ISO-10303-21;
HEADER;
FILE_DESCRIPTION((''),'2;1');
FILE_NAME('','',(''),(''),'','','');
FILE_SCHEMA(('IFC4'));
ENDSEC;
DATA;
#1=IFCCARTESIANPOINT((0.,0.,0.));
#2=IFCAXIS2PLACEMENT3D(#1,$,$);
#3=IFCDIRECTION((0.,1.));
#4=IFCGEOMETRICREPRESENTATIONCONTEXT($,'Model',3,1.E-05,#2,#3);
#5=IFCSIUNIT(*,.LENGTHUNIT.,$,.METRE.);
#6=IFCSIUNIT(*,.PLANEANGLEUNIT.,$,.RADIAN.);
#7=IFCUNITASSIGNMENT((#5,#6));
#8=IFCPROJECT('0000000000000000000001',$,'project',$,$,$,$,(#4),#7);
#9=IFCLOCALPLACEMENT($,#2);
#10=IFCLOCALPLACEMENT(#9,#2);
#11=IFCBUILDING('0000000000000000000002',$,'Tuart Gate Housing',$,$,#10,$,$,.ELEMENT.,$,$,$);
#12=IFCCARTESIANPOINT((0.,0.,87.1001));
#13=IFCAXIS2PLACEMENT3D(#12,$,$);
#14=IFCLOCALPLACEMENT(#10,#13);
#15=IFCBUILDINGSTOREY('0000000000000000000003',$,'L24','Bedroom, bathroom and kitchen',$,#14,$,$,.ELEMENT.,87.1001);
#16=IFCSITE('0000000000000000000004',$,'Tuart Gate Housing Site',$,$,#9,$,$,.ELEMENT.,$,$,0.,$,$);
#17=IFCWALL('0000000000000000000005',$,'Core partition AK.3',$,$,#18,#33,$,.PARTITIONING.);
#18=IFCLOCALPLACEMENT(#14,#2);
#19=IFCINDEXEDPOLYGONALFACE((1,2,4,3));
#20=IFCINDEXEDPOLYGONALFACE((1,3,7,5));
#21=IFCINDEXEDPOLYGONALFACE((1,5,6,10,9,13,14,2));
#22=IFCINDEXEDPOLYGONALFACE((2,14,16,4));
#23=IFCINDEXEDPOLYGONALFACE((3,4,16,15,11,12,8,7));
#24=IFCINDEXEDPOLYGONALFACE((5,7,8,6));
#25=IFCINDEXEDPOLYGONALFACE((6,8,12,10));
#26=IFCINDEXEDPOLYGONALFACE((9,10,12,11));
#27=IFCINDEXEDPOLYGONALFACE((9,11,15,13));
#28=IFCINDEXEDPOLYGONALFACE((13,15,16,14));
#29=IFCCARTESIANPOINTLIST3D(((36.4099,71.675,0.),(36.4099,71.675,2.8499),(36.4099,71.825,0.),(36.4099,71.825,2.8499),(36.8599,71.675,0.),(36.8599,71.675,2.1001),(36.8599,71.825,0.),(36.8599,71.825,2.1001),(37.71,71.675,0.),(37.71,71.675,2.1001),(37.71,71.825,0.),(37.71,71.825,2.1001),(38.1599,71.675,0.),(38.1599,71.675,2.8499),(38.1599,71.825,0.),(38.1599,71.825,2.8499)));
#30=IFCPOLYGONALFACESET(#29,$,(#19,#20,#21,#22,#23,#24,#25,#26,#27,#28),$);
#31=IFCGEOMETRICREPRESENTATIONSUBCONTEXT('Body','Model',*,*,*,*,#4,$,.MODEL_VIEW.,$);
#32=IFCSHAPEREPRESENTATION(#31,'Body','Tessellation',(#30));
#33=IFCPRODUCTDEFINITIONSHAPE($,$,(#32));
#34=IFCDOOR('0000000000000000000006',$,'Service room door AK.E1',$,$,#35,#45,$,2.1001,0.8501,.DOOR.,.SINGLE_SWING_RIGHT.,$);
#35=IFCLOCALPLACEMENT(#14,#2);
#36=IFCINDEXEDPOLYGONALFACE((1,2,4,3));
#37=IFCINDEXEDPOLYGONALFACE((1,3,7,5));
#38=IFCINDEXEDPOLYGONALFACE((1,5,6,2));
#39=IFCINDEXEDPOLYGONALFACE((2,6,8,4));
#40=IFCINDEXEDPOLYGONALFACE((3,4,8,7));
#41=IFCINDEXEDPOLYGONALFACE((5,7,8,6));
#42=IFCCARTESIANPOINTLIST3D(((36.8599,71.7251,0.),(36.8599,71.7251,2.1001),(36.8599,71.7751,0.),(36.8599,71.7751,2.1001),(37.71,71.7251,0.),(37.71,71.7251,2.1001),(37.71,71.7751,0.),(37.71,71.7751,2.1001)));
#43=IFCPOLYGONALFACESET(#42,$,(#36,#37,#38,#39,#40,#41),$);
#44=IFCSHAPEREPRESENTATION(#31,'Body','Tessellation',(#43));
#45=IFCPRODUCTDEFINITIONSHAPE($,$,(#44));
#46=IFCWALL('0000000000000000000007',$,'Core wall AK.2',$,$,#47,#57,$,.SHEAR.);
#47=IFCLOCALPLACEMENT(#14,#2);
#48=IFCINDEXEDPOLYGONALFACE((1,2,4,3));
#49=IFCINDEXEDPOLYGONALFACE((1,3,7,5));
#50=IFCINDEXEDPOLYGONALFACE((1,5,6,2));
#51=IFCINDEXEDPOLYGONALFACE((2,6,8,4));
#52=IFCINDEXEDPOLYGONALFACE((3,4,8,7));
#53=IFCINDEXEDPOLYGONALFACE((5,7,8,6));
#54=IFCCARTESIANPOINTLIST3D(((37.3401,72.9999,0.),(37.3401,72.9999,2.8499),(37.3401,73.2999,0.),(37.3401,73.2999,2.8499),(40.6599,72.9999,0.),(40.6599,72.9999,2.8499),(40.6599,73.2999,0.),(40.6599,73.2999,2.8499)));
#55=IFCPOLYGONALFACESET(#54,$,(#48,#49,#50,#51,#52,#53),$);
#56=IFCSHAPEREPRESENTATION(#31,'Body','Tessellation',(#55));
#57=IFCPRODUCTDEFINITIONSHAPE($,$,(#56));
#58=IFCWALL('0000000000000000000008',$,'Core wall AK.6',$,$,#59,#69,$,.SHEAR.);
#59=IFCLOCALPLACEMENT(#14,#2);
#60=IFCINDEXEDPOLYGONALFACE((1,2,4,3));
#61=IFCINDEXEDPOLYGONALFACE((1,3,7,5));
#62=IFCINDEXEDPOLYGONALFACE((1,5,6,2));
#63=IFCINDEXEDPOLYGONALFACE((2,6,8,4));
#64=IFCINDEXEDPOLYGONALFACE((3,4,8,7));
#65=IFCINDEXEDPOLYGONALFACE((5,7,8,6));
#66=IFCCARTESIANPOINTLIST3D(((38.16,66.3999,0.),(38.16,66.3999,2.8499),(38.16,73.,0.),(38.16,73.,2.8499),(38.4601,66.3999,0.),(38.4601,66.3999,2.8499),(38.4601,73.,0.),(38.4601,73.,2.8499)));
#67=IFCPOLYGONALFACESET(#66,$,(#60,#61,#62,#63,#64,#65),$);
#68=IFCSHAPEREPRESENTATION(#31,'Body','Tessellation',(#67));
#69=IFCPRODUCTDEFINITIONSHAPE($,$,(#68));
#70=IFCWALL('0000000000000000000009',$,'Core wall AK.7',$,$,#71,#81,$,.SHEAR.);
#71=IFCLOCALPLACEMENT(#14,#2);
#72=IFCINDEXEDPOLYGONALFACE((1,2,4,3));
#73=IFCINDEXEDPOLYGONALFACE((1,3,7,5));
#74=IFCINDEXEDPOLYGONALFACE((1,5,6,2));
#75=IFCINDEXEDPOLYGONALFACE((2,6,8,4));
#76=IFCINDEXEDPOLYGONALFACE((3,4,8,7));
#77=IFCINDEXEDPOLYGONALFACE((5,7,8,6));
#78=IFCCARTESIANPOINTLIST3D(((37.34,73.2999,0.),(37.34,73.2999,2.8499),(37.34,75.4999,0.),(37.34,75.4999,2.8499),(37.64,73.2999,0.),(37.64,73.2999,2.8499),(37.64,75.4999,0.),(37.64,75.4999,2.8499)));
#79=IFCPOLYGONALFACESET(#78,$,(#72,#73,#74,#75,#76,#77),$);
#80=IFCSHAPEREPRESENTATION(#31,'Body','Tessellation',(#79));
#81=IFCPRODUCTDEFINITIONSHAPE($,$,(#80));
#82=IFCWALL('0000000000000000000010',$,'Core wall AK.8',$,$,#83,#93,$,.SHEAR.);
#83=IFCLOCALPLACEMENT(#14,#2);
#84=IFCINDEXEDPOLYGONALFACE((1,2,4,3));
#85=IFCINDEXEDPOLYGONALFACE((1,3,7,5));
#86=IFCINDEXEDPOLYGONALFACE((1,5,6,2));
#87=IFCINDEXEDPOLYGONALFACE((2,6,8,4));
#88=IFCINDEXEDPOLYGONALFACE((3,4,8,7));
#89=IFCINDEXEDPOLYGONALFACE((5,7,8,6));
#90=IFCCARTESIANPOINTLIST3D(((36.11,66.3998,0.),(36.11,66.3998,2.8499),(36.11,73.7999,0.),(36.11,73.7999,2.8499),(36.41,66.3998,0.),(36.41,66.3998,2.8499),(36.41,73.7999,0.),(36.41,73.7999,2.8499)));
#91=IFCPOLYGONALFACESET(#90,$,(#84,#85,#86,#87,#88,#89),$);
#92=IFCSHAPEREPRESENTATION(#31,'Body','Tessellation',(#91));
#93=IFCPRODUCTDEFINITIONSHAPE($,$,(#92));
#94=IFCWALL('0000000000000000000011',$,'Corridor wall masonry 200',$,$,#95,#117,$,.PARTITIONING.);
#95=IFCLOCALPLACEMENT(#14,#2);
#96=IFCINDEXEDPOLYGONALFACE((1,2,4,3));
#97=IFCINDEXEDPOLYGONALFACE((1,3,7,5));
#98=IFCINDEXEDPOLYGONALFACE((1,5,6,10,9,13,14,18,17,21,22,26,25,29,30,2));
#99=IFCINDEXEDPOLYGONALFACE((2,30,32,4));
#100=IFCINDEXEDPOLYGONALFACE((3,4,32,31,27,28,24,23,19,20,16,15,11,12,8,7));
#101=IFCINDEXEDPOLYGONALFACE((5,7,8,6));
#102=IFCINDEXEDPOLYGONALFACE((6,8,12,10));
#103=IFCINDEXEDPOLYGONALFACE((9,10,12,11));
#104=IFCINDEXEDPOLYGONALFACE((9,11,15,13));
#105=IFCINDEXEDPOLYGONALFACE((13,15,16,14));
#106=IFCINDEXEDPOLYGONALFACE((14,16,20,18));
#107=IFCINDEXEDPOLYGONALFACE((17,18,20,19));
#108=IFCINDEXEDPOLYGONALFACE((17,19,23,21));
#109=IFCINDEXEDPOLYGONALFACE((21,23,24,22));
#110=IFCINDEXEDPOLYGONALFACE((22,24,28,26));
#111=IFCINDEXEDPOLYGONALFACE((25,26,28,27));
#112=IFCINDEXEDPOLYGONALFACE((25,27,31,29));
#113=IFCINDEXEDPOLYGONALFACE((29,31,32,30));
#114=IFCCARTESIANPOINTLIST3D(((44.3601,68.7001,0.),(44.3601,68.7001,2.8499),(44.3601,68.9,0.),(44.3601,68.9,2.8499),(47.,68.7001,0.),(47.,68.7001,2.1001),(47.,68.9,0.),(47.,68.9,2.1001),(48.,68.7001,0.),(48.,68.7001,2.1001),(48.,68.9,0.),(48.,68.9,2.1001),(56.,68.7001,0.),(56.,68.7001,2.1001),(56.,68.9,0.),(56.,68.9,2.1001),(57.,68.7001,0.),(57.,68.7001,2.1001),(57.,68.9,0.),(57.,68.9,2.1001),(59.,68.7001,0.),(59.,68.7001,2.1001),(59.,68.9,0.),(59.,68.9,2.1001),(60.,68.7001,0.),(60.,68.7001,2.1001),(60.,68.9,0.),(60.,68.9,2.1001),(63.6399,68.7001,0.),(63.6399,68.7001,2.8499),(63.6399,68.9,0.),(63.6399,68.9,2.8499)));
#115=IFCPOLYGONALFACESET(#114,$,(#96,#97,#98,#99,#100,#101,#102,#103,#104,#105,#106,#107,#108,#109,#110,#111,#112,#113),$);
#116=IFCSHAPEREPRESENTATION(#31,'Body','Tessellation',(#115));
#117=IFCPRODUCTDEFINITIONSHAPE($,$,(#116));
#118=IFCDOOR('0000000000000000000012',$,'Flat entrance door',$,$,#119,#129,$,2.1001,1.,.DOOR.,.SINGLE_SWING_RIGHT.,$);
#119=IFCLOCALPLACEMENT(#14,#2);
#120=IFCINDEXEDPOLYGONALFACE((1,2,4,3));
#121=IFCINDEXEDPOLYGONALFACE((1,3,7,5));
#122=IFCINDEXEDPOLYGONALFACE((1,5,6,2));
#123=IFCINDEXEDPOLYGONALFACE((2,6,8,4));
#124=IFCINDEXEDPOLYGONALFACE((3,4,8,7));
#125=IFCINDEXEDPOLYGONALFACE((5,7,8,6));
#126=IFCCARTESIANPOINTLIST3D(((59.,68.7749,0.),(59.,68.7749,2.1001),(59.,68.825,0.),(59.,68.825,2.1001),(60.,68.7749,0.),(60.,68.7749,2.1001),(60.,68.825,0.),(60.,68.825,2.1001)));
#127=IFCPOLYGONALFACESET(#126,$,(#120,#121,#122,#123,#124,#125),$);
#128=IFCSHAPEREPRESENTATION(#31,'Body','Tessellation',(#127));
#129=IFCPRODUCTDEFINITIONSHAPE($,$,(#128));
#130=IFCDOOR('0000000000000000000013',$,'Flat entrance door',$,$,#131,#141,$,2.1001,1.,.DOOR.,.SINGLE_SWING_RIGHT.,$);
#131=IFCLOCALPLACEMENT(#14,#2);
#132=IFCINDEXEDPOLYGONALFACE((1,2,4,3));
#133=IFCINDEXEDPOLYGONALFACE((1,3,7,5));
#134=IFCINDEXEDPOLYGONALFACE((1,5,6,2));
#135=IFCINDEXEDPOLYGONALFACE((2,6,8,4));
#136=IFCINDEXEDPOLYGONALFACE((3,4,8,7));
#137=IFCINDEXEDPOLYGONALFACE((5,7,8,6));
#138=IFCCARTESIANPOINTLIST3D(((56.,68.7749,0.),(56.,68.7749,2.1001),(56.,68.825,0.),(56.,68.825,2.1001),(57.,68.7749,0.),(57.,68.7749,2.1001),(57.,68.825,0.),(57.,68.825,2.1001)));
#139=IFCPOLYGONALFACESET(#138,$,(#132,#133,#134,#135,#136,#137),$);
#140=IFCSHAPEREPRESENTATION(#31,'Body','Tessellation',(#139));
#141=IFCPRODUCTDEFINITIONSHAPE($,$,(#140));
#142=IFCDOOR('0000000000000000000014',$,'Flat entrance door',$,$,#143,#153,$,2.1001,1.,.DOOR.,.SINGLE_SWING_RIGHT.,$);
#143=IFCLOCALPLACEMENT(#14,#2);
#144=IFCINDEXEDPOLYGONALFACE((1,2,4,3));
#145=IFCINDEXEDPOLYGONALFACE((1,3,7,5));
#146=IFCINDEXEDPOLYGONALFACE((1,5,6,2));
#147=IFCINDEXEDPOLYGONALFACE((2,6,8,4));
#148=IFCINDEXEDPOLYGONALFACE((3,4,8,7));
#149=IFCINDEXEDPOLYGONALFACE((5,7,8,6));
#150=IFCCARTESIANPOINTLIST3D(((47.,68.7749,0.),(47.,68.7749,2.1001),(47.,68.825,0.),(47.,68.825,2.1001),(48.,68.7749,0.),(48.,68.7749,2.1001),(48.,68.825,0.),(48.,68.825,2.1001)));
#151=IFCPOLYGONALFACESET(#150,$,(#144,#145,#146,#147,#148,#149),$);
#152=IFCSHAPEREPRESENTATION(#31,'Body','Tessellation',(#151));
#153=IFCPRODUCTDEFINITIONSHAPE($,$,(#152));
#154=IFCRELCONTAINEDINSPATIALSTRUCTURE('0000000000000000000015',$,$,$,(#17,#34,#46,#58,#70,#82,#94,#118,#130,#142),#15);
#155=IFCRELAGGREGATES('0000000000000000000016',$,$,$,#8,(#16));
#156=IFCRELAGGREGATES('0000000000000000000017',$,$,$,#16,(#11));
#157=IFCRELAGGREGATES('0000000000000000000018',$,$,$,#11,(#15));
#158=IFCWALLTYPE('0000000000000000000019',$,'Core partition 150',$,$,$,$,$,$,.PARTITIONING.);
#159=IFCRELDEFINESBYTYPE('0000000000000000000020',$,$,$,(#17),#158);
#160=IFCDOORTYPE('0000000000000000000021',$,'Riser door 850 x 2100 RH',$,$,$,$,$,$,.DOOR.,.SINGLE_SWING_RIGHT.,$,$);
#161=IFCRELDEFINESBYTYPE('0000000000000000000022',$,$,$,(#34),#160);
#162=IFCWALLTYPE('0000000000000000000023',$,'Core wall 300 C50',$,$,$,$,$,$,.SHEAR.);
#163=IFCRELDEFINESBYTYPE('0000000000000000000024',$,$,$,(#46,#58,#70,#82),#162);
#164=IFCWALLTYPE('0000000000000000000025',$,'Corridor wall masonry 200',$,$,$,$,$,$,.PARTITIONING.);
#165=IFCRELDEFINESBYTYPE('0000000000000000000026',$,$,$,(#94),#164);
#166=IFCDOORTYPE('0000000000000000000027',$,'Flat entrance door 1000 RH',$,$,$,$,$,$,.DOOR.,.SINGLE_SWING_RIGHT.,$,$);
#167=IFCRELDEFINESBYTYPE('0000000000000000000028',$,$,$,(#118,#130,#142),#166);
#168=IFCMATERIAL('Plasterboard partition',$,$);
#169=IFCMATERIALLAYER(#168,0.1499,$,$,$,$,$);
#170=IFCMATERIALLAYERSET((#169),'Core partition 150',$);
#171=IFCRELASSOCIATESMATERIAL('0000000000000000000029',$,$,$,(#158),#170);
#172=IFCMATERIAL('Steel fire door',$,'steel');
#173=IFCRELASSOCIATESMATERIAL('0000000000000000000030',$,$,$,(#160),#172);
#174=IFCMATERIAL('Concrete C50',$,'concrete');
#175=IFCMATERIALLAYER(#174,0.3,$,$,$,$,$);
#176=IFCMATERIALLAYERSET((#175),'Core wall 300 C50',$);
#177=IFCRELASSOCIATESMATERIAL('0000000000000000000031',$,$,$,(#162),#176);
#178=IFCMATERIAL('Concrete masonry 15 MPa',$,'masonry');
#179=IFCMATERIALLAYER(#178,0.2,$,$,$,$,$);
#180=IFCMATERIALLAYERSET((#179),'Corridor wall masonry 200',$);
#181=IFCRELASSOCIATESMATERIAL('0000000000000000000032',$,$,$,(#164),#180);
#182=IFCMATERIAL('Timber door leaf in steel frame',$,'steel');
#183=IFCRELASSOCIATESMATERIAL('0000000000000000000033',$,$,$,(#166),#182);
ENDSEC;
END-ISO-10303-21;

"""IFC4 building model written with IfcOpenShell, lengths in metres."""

from ifc_helpers import new_model, si_unit, direction, frame, frame_2d, origin, place, context, subcontext, project, spatial, rectangle, extrude, material, layer, layer_set, type_object, element, fill, save


model = new_model("IFC4")

# Units and contexts
model_context = context("Model", 3, precision=1e-05, world=origin(), true_north=direction((0.0, 1.0)))
body_context = subcontext(model_context, "Body", "Model", "MODEL_VIEW")
ifc_project = project(units=[si_unit("LENGTHUNIT", "METRE"), si_unit("PLANEANGLEUNIT", "RADIAN")], contexts=[model_context])

# Site, building, storey
site_placement = place(None, origin())
site = spatial("IfcSite", under=ifc_project, at=site_placement, Name="Tuart Gate Housing Site", CompositionType="ELEMENT", RefElevation=0.0)
building_placement = place(site_placement, origin())
building = spatial("IfcBuilding", under=site, at=building_placement, Name="Tuart Gate Housing", CompositionType="ELEMENT")
storey_placement = place(building_placement, frame((0.0, 0.0, 87.1001)))
storey = spatial("IfcBuildingStorey", under=building, at=storey_placement, Name="L24", Description="Bedroom, bathroom and kitchen", CompositionType="ELEMENT", Elevation=87.1001)

# Wall, opening, door
ifc_material_1 = material(Name="Plasterboard partition")
ifc_layer_1 = layer(ifc_material_1, 0.1499)
ifc_layer_set_1 = layer_set([ifc_layer_1], Name="Core partition 150")
wall_type_1 = type_object("IfcWallType", Name="Core partition 150", PredefinedType="PARTITIONING", material=ifc_layer_set_1)
wall_1_placement = place(storey_placement, frame((38.1599, 71.75, 0.0), z_axis=(0.0, 0.0, 1.0), x_axis=(-1.0, 0.0, 0.0)))
wall_1 = element("IfcWall", 1, at=wall_1_placement, inside=storey, type_object=wall_type_1, Name="Core partition AK.3", PredefinedType="PARTITIONING", context=body_context, shape_type="SweptSolid", body=[
    extrude(rectangle(XDim=1.75, YDim=0.1499, at=frame_2d((0.875, 0.0))), origin(), (0.0, 0.0, 1.0), 2.8499),
])
opening_1_placement = place(wall_1_placement, frame((0.45, 0.0, 0.0)))
opening_1 = element("IfcOpeningElement", 2, at=opening_1_placement, cuts=wall_1, PredefinedType="OPENING", context=body_context, shape_type="SweptSolid", body=[
    extrude(rectangle(XDim=0.8501, YDim=2.1001, at=frame_2d((0.425, 1.05))), frame((0.0, 0.085, 0.0), z_axis=(0.0, -1.0, 0.0), x_axis=(1.0, 0.0, 0.0)), (0.0, 0.0, 1.0), 0.1699),
])
ifc_material_2 = material(Name="Steel fire door", Category="steel")
door_type_1 = type_object("IfcDoorType", Name="Riser door 850 x 2100 RH", OperationType="SINGLE_SWING_RIGHT", PredefinedType="DOOR", material=ifc_material_2)
door_1_placement = place(opening_1_placement, frame((0.8501, 0.0, 0.0), z_axis=(0.0, 0.0, 1.0), x_axis=(-1.0, 0.0, 0.0)))
door_1 = element("IfcDoor", 3, at=door_1_placement, inside=storey, type_object=door_type_1, Name="Service room door AK.E1", OperationType="SINGLE_SWING_RIGHT", OverallHeight=2.1001, OverallWidth=0.8501, PredefinedType="DOOR", context=body_context, shape_type="SweptSolid", body=[
    extrude(rectangle(XDim=0.8501, YDim=2.1001, at=frame_2d((0.425, 1.05))), frame((0.0, 0.0251, 0.0), z_axis=(0.0, -1.0, 0.0), x_axis=(1.0, 0.0, 0.0)), (0.0, 0.0, 1.0), 0.05),
])
fill(opening_1, door_1)

# Walls
ifc_material_3 = material(Name="Concrete C50", Category="concrete")
ifc_layer_2 = layer(ifc_material_3, 0.3)
ifc_layer_set_2 = layer_set([ifc_layer_2], Name="Core wall 300 C50")
wall_type_2 = type_object("IfcWallType", Name="Core wall 300 C50", PredefinedType="SHEAR", material=ifc_layer_set_2)
wall_2_placement = place(storey_placement, frame((40.6599, 73.1499, 0.0), z_axis=(0.0, 0.0, 1.0), x_axis=(-1.0, 0.0, 0.0)))
element("IfcWall", 4, at=wall_2_placement, inside=storey, type_object=wall_type_2, Name="Core wall AK.2", PredefinedType="SHEAR", context=body_context, shape_type="SweptSolid", body=[
    extrude(rectangle(XDim=3.3198, YDim=0.3, at=frame_2d((1.6599, 0.0))), origin(), (0.0, 0.0, 1.0), 2.8499),
])
wall_3_placement = place(storey_placement, frame((38.3101, 73.0, 0.0), z_axis=(0.0, 0.0, 1.0), x_axis=(0.0, -1.0, 0.0)))
element("IfcWall", 5, at=wall_3_placement, inside=storey, type_object=wall_type_2, Name="Core wall AK.6", PredefinedType="SHEAR", context=body_context, shape_type="SweptSolid", body=[
    extrude(rectangle(XDim=6.6001, YDim=0.3, at=frame_2d((3.3, 0.0))), origin(), (0.0, 0.0, 1.0), 2.8499),
])
wall_4_placement = place(storey_placement, frame((37.49, 75.5, 0.0), z_axis=(0.0, 0.0, 1.0), x_axis=(0.0, -1.0, 0.0)))
element("IfcWall", 6, at=wall_4_placement, inside=storey, type_object=wall_type_2, Name="Core wall AK.7", PredefinedType="SHEAR", context=body_context, shape_type="SweptSolid", body=[
    extrude(rectangle(XDim=2.2, YDim=0.3, at=frame_2d((1.1001, 0.0))), origin(), (0.0, 0.0, 1.0), 2.8499),
])
wall_5_placement = place(storey_placement, frame((36.26, 73.8, 0.0), z_axis=(0.0, 0.0, 1.0), x_axis=(0.0, -1.0, 0.0)))
element("IfcWall", 7, at=wall_5_placement, inside=storey, type_object=wall_type_2, Name="Core wall AK.8", PredefinedType="SHEAR", context=body_context, shape_type="SweptSolid", body=[
    extrude(rectangle(XDim=7.4001, YDim=0.3, at=frame_2d((3.7002, 0.0))), origin(), (0.0, 0.0, 1.0), 2.8499),
])

# Wall, openings, doors
ifc_material_4 = material(Name="Concrete masonry 15 MPa", Category="masonry")
ifc_layer_3 = layer(ifc_material_4, 0.2)
ifc_layer_set_3 = layer_set([ifc_layer_3], Name="Corridor wall masonry 200")
wall_type_3 = type_object("IfcWallType", Name="Corridor wall masonry 200", PredefinedType="PARTITIONING", material=ifc_layer_set_3)
wall_6_placement = place(storey_placement, frame((44.3601, 68.8, 0.0), z_axis=(0.0, 0.0, 1.0), x_axis=(1.0, 0.0, 0.0)))
wall_6 = element("IfcWall", 8, at=wall_6_placement, inside=storey, type_object=wall_type_3, Name="Corridor wall masonry 200", PredefinedType="PARTITIONING", context=body_context, shape_type="SweptSolid", body=[
    extrude(rectangle(XDim=19.2798, YDim=0.2, at=frame_2d((9.6399, 0.0))), origin(), (0.0, 0.0, 1.0), 2.8499),
])
opening_2_placement = place(wall_6_placement, frame((14.6399, 0.0, 0.0)))
opening_2 = element("IfcOpeningElement", 9, at=opening_2_placement, cuts=wall_6, PredefinedType="OPENING", context=body_context, shape_type="SweptSolid", body=[
    extrude(rectangle(XDim=1.0, YDim=2.1001, at=frame_2d((0.5, 1.05))), frame((0.0, 0.1099, 0.0), z_axis=(0.0, -1.0, 0.0), x_axis=(1.0, 0.0, 0.0)), (0.0, 0.0, 1.0), 0.22),
])
opening_3_placement = place(wall_6_placement, frame((11.6399, 0.0, 0.0)))
opening_3 = element("IfcOpeningElement", 10, at=opening_3_placement, cuts=wall_6, PredefinedType="OPENING", context=body_context, shape_type="SweptSolid", body=[
    extrude(rectangle(XDim=1.0, YDim=2.1001, at=frame_2d((0.5, 1.05))), frame((0.0, 0.1099, 0.0), z_axis=(0.0, -1.0, 0.0), x_axis=(1.0, 0.0, 0.0)), (0.0, 0.0, 1.0), 0.22),
])
opening_4_placement = place(wall_6_placement, frame((2.6399, 0.0, 0.0)))
opening_4 = element("IfcOpeningElement", 11, at=opening_4_placement, cuts=wall_6, PredefinedType="OPENING", context=body_context, shape_type="SweptSolid", body=[
    extrude(rectangle(XDim=1.0, YDim=2.1001, at=frame_2d((0.5, 1.05))), frame((0.0, 0.1099, 0.0), z_axis=(0.0, -1.0, 0.0), x_axis=(1.0, 0.0, 0.0)), (0.0, 0.0, 1.0), 0.22),
])
ifc_material_5 = material(Name="Timber door leaf in steel frame", Category="steel")
door_type_2 = type_object("IfcDoorType", Name="Flat entrance door 1000 RH", OperationType="SINGLE_SWING_RIGHT", PredefinedType="DOOR", material=ifc_material_5)
door_2_placement = place(opening_2_placement, frame((1.0, 0.0, 0.0), z_axis=(0.0, 0.0, 1.0), x_axis=(-1.0, 0.0, 0.0)))
door_2 = element("IfcDoor", 12, at=door_2_placement, inside=storey, type_object=door_type_2, Name="Flat entrance door", OperationType="SINGLE_SWING_RIGHT", OverallHeight=2.1001, OverallWidth=1.0, PredefinedType="DOOR", context=body_context, shape_type="SweptSolid", body=[
    extrude(rectangle(XDim=1.0, YDim=2.1001, at=frame_2d((0.5, 1.05))), frame((0.0, 0.0251, 0.0), z_axis=(0.0, -1.0, 0.0), x_axis=(1.0, 0.0, 0.0)), (0.0, 0.0, 1.0), 0.05),
])
fill(opening_2, door_2)
door_3_placement = place(opening_3_placement, frame((1.0, 0.0, 0.0), z_axis=(0.0, 0.0, 1.0), x_axis=(-1.0, 0.0, 0.0)))
door_3 = element("IfcDoor", 13, at=door_3_placement, inside=storey, type_object=door_type_2, Name="Flat entrance door", OperationType="SINGLE_SWING_RIGHT", OverallHeight=2.1001, OverallWidth=1.0, PredefinedType="DOOR", context=body_context, shape_type="SweptSolid", body=[
    extrude(rectangle(XDim=1.0, YDim=2.1001, at=frame_2d((0.5, 1.05))), frame((0.0, 0.0251, 0.0), z_axis=(0.0, -1.0, 0.0), x_axis=(1.0, 0.0, 0.0)), (0.0, 0.0, 1.0), 0.05),
])
fill(opening_3, door_3)
door_4_placement = place(opening_4_placement, frame((1.0, 0.0, 0.0), z_axis=(0.0, 0.0, 1.0), x_axis=(-1.0, 0.0, 0.0)))
door_4 = element("IfcDoor", 14, at=door_4_placement, inside=storey, type_object=door_type_2, Name="Flat entrance door", OperationType="SINGLE_SWING_RIGHT", OverallHeight=2.1001, OverallWidth=1.0, PredefinedType="DOOR", context=body_context, shape_type="SweptSolid", body=[
    extrude(rectangle(XDim=1.0, YDim=2.1001, at=frame_2d((0.5, 1.05))), frame((0.0, 0.0251, 0.0), z_axis=(0.0, -1.0, 0.0), x_axis=(1.0, 0.0, 0.0)), (0.0, 0.0, 1.0), 0.05),
])
fill(opening_4, door_4)

save(model, "model.ifc")
